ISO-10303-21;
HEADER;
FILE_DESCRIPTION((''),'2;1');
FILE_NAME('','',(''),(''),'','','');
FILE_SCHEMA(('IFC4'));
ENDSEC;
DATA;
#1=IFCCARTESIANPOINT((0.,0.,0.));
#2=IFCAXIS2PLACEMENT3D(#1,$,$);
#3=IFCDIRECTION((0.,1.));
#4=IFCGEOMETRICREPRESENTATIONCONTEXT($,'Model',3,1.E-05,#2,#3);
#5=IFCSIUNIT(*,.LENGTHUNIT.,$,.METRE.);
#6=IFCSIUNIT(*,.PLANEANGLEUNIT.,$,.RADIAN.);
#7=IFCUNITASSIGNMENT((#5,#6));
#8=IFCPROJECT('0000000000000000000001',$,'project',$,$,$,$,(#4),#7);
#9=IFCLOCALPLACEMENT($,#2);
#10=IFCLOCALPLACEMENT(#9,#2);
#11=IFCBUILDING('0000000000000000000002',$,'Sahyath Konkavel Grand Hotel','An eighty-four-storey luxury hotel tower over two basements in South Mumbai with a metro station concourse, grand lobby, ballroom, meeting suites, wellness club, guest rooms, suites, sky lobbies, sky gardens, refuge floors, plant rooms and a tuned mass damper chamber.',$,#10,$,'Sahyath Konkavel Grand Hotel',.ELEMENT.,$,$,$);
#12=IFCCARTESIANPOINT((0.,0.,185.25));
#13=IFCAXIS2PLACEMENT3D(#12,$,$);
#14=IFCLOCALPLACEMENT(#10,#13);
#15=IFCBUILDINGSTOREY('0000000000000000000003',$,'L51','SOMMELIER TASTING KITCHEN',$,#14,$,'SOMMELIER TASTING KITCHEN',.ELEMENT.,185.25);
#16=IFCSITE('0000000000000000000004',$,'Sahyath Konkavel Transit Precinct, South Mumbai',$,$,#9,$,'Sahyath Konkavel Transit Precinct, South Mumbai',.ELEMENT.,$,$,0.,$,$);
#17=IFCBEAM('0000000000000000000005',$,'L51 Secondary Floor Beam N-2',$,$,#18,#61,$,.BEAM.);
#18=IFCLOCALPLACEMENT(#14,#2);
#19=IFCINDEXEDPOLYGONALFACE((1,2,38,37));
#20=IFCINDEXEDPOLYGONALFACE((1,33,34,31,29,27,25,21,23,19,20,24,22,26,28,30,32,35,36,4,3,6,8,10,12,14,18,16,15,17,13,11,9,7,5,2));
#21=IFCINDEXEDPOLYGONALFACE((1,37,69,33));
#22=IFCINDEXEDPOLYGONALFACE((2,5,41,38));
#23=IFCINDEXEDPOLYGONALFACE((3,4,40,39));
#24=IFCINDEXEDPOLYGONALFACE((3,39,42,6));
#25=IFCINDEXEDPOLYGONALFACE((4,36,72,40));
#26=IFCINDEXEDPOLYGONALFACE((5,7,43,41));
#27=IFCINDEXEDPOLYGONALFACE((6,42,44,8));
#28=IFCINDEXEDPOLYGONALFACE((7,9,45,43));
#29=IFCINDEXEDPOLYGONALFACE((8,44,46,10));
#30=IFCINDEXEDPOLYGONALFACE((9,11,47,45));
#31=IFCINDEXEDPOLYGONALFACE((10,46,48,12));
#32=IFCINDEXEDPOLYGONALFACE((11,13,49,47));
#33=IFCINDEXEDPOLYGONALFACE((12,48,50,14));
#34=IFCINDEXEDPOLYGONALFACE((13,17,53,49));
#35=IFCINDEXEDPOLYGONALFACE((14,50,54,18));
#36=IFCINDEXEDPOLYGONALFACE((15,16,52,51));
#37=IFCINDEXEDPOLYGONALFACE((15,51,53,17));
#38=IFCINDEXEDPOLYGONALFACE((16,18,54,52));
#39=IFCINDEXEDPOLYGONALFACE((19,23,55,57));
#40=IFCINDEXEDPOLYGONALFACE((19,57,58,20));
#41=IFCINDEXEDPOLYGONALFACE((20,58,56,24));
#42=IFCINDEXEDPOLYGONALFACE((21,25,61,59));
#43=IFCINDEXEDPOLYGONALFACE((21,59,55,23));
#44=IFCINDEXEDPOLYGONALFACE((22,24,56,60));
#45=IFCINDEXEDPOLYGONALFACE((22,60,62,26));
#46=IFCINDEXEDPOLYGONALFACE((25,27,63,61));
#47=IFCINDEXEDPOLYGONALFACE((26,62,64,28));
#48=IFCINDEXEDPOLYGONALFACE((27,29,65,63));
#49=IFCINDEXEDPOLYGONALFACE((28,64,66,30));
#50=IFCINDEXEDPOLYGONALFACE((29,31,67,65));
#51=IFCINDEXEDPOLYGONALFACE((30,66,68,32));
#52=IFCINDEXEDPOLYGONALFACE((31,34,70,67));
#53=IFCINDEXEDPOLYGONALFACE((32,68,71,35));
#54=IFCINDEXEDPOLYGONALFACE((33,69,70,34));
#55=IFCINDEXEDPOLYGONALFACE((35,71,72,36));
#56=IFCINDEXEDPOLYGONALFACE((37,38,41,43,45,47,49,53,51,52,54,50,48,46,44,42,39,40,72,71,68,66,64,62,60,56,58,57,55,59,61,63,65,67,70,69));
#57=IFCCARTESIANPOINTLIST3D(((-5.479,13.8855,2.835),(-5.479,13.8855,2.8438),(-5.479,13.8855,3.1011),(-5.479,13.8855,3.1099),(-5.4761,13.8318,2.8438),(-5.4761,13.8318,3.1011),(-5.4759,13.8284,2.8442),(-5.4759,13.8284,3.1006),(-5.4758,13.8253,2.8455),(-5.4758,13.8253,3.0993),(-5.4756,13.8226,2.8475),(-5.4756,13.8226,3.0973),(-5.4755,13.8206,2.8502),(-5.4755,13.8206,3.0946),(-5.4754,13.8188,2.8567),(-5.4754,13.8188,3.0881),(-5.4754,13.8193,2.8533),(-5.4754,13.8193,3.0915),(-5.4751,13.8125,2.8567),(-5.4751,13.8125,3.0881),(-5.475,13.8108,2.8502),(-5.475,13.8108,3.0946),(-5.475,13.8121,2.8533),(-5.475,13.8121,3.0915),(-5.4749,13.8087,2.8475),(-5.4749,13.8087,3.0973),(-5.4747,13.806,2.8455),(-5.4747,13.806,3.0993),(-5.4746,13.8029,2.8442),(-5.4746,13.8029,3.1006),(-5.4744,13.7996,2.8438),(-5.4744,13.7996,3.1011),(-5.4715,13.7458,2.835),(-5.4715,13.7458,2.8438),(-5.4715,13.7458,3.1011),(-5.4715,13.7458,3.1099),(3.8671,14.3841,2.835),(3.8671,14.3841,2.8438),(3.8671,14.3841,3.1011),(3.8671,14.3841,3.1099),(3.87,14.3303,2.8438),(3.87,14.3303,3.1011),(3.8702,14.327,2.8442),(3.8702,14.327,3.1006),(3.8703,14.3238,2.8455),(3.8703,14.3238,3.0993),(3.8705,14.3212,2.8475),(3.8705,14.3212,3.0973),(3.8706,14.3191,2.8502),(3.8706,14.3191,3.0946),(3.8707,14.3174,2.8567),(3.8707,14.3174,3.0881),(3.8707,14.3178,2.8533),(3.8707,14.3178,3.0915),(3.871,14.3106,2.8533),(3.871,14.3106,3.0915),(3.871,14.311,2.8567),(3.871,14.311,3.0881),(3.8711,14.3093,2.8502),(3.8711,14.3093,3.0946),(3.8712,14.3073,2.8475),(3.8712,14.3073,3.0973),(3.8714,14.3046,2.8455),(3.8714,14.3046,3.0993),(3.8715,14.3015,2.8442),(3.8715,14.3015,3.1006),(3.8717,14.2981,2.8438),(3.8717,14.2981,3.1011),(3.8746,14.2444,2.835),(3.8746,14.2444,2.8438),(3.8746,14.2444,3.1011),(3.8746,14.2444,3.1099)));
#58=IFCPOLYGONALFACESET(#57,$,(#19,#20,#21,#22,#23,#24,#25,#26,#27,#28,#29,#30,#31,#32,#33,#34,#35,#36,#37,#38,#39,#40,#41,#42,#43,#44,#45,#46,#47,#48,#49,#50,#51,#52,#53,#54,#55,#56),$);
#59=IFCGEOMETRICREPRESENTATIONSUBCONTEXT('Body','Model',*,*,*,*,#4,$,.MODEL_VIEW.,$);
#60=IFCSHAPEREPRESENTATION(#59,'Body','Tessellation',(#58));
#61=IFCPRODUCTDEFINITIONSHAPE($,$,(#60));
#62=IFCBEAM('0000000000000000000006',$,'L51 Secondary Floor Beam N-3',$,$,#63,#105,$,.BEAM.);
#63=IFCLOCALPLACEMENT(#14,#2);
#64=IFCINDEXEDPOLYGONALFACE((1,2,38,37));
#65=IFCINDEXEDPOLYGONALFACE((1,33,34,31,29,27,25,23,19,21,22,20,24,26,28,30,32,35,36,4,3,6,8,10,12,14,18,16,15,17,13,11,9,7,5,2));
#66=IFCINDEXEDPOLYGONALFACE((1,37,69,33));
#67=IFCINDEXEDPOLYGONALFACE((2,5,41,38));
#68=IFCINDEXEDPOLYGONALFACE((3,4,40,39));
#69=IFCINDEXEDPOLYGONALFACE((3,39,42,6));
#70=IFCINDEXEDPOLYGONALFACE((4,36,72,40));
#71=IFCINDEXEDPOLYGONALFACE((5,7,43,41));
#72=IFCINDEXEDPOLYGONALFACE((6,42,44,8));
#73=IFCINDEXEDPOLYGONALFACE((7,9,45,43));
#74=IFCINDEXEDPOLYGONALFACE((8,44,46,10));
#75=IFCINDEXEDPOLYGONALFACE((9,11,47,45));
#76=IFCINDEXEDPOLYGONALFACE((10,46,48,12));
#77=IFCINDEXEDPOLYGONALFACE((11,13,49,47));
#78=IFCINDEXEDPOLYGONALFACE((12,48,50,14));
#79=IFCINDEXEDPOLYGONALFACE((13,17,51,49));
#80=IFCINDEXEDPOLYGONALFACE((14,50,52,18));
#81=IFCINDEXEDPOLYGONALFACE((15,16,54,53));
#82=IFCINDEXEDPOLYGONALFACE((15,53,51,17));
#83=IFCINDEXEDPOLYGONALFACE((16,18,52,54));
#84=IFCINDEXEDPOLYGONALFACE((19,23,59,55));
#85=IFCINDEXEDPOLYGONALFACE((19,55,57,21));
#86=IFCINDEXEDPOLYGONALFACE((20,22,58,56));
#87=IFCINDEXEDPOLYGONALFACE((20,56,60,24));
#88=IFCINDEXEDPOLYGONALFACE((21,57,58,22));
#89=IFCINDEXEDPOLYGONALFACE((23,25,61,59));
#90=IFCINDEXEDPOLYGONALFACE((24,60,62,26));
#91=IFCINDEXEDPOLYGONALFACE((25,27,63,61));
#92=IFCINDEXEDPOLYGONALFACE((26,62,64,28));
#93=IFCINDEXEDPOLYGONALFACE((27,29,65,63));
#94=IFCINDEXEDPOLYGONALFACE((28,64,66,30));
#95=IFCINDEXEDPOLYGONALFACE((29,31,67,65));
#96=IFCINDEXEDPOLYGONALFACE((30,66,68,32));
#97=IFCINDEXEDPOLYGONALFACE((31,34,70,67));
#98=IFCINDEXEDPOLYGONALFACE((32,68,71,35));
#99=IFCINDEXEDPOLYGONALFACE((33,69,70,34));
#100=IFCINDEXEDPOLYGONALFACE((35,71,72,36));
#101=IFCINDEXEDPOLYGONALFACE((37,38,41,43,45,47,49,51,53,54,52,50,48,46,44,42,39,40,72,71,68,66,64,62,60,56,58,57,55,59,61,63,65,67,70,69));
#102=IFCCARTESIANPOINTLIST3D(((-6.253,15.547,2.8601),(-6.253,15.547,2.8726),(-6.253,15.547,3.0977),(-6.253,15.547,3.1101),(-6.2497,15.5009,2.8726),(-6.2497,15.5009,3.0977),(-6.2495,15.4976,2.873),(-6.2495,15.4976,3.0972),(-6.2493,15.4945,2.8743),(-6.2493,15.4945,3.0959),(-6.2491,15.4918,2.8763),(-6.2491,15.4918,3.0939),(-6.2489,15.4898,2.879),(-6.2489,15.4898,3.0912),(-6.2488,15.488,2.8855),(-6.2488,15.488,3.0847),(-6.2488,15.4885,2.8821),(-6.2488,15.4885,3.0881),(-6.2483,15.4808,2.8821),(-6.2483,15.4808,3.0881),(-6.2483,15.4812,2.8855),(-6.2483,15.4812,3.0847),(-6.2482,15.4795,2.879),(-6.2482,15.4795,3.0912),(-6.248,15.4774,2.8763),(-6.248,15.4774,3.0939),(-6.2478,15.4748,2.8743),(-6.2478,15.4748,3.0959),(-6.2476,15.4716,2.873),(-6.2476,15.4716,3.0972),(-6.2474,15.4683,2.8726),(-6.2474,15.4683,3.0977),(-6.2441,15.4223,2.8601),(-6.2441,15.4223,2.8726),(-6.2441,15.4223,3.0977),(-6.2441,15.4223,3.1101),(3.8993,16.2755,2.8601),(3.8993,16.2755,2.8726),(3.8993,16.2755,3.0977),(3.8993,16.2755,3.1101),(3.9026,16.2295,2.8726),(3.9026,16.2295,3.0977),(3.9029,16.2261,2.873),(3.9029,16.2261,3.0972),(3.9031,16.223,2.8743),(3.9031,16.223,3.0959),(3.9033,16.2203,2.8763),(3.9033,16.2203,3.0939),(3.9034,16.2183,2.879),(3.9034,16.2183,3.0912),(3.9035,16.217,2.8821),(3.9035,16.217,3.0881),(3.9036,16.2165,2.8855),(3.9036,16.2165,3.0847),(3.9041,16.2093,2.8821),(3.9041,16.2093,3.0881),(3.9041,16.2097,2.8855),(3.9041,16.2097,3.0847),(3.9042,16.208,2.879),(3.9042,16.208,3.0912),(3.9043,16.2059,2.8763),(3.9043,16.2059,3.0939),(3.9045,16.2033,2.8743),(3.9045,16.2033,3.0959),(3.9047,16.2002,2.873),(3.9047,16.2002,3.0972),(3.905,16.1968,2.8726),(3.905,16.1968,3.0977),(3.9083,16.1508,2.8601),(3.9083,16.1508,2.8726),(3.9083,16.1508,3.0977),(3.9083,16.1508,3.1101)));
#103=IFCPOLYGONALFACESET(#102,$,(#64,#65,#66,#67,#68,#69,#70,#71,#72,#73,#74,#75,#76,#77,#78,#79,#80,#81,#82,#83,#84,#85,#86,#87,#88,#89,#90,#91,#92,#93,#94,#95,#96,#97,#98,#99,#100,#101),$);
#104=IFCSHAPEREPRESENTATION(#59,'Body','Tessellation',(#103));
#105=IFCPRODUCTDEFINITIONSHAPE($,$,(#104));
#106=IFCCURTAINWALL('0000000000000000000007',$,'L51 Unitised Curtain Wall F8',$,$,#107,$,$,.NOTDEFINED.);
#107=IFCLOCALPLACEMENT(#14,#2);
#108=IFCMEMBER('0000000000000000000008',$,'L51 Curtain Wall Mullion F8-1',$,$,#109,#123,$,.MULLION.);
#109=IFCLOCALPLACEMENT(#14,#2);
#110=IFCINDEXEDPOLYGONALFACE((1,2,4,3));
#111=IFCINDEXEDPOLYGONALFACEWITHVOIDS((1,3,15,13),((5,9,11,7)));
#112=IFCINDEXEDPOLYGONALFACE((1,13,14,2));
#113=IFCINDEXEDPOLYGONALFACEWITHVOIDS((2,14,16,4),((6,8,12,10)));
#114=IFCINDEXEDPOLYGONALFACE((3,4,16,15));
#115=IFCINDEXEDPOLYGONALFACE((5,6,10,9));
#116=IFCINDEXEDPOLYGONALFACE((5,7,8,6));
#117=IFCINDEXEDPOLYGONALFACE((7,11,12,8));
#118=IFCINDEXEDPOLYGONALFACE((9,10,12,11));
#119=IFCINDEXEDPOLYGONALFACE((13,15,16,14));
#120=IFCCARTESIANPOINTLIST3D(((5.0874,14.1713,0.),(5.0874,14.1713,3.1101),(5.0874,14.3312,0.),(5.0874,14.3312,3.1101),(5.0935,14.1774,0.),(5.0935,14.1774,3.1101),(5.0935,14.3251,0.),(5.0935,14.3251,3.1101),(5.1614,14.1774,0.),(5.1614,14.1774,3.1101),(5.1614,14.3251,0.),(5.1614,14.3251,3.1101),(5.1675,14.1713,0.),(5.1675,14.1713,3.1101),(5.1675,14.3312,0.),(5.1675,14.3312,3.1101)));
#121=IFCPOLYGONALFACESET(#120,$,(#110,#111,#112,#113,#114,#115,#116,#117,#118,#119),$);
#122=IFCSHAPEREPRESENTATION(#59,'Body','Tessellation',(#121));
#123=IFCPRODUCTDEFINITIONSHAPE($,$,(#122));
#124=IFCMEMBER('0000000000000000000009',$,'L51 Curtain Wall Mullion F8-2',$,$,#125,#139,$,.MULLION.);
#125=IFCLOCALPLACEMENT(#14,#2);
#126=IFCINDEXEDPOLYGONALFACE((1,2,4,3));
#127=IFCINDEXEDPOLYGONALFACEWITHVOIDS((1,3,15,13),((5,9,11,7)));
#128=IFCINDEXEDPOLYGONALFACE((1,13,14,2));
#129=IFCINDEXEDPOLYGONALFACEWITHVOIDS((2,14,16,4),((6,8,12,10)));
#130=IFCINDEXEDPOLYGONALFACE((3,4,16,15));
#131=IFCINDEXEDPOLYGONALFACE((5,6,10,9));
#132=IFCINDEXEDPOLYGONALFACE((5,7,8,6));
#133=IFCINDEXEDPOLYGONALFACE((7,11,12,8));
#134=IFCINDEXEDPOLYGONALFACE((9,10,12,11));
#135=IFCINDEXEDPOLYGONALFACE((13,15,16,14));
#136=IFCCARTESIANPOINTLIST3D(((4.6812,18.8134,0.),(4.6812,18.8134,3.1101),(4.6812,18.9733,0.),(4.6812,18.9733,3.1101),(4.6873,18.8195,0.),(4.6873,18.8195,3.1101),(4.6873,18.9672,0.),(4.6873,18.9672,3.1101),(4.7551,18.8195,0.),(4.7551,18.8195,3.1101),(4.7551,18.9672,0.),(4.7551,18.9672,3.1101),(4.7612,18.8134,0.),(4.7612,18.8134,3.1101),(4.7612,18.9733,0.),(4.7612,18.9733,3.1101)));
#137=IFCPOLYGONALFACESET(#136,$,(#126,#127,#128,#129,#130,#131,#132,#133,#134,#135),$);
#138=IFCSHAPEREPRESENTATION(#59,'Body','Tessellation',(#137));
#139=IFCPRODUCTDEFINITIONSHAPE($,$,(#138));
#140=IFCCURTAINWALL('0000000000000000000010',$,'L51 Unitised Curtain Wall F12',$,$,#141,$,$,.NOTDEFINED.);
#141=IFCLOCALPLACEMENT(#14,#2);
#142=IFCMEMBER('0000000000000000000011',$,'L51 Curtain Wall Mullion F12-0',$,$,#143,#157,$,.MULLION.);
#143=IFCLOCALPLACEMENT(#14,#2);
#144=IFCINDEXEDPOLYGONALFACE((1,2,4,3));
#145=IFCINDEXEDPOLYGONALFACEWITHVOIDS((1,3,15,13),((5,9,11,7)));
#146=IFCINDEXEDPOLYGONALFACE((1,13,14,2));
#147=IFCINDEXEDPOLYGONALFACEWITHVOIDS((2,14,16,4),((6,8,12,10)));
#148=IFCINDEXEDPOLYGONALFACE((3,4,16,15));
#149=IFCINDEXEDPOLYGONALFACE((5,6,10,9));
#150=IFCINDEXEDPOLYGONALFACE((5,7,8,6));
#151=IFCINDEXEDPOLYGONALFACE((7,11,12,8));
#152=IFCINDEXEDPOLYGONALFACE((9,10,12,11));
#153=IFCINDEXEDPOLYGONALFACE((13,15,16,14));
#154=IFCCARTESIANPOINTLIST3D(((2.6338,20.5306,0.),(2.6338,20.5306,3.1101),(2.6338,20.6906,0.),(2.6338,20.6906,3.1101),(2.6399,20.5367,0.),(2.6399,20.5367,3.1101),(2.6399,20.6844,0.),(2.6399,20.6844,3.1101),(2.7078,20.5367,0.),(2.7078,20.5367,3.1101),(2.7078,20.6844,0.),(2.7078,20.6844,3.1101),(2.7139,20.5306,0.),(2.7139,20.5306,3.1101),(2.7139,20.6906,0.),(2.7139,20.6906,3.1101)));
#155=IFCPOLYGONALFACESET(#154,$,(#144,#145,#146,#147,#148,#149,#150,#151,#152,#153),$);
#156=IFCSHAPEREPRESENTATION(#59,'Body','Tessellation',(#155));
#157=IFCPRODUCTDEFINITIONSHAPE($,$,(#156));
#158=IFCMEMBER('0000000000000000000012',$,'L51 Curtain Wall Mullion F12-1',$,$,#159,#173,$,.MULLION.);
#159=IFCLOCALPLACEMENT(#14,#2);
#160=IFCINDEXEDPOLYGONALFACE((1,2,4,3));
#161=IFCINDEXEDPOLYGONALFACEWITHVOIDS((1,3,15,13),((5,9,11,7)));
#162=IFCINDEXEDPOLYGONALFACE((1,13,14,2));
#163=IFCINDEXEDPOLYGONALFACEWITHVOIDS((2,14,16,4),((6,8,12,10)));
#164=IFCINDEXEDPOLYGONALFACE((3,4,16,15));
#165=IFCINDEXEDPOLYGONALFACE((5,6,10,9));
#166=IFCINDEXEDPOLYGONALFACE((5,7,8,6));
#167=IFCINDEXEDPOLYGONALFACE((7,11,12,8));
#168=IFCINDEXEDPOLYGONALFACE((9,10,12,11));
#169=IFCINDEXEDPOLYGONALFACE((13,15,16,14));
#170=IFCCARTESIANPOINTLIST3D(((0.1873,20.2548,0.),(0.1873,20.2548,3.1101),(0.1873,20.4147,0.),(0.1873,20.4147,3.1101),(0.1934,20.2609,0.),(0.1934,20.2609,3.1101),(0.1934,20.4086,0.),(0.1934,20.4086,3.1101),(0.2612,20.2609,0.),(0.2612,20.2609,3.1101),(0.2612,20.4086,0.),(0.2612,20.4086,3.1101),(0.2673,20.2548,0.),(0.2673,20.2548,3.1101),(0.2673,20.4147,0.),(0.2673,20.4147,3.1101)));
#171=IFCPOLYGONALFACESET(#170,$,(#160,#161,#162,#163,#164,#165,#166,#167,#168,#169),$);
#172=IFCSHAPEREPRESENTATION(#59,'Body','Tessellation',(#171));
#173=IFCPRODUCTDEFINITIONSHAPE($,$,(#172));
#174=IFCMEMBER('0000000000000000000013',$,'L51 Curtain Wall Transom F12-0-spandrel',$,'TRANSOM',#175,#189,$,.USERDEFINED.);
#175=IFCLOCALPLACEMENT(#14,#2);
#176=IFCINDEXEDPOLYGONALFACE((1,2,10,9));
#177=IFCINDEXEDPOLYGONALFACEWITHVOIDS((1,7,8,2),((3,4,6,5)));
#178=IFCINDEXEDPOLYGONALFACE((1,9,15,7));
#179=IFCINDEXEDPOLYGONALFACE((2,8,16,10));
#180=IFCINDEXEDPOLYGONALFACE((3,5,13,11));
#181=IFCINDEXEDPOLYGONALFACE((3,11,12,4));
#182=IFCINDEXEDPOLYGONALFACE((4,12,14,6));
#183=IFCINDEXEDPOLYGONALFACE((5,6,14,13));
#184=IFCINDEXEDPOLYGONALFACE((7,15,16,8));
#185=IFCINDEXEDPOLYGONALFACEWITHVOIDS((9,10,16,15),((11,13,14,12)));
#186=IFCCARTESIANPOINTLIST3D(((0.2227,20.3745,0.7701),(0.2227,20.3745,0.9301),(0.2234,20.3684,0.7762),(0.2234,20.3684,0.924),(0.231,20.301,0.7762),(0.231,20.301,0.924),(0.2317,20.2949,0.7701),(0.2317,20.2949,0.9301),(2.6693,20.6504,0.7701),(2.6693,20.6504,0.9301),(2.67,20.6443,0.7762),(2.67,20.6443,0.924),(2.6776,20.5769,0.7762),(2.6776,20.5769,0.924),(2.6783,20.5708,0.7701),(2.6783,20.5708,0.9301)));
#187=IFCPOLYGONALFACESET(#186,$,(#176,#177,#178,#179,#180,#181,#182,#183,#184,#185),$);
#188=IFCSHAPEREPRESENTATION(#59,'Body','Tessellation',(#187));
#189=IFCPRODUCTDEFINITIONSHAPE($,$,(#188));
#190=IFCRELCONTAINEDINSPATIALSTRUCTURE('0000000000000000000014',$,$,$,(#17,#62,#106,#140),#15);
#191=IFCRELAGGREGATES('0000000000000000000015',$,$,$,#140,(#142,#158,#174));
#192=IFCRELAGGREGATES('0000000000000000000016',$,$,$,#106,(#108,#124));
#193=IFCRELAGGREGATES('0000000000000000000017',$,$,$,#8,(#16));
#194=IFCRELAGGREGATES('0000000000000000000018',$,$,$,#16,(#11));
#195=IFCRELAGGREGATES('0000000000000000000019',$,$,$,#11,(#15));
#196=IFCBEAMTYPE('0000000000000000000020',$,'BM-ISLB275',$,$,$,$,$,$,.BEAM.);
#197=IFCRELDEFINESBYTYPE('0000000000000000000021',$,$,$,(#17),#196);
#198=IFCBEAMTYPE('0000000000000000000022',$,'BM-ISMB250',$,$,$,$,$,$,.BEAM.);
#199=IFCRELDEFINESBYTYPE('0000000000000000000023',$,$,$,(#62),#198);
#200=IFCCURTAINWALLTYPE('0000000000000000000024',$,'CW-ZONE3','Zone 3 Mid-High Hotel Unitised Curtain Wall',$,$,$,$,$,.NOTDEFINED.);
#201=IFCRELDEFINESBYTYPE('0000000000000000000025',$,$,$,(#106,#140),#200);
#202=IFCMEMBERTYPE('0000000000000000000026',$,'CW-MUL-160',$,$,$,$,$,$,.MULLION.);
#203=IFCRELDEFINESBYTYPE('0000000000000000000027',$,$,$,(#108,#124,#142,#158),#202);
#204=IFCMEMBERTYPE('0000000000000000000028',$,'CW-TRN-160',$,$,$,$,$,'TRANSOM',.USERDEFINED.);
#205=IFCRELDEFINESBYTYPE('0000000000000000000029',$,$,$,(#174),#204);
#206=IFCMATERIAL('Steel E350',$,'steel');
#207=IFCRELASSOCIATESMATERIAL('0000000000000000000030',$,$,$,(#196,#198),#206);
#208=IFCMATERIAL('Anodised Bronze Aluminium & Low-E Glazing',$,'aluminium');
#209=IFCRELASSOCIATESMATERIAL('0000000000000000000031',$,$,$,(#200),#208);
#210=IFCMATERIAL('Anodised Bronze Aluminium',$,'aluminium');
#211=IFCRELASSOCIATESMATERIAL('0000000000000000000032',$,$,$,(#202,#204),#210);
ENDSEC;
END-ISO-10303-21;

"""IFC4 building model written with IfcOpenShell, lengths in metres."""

from ifc_helpers import new_model, si_unit, direction, frame, origin, origin_2d, place, context, subcontext, project, spatial, hollow_rectangle, i_section, extrude, source, transform, mapped, material, material_profile, profile_set, type_object, element, aggregate, save


model = new_model("IFC4")

# Units and contexts
model_context = context("Model", 3, precision=1e-05, world=origin(), true_north=direction((0.0, 1.0)))
body_context = subcontext(model_context, "Body", "Model", "MODEL_VIEW")
ifc_project = project(units=[si_unit("LENGTHUNIT", "METRE"), si_unit("PLANEANGLEUNIT", "RADIAN")], contexts=[model_context])

# Site, building, storey
site_placement = place(None, origin())
site = spatial("IfcSite", under=ifc_project, at=site_placement, Name="Sahyath Konkavel Transit Precinct, South Mumbai", LongName="Sahyath Konkavel Transit Precinct, South Mumbai", CompositionType="ELEMENT", RefElevation=0.0)
building_placement = place(site_placement, origin())
building = spatial("IfcBuilding", under=site, at=building_placement, Name="Sahyath Konkavel Grand Hotel", Description="An eighty-four-storey luxury hotel tower over two basements in South Mumbai with a metro station concourse, grand lobby, ballroom, meeting suites, wellness club, guest rooms, suites, sky lobbies, sky gardens, refuge floors, plant rooms and a tuned mass damper chamber.", LongName="Sahyath Konkavel Grand Hotel", CompositionType="ELEMENT")
storey_placement = place(building_placement, frame((0.0, 0.0, 185.25)))
storey = spatial("IfcBuildingStorey", under=building, at=storey_placement, Name="L51", Description="SOMMELIER TASTING KITCHEN", LongName="SOMMELIER TASTING KITCHEN", CompositionType="ELEMENT", Elevation=185.25)

# Beams
ifc_material_1 = material(Name="Steel E350", Category="steel")
ifc_material_profile_1 = material_profile(ifc_material_1, i_section(OverallWidth=0.1399, OverallDepth=0.2749, WebThickness=0.0063, FlangeThickness=0.0088, FilletRadius=0.0129, at=origin_2d()), Name="ISLB 275")
ifc_profile_set_1 = profile_set([ifc_material_profile_1], Name="Steel E350")
beam_type_1 = type_object("IfcBeamType", Name="BM-ISLB275", PredefinedType="BEAM", material=ifc_profile_set_1)
shared_shape_1 = source(origin(), body_context, "Body", "SweptSolid", [
    extrude(i_section(OverallWidth=0.1399, OverallDepth=0.2749, WebThickness=0.0063, FlangeThickness=0.0088, FilletRadius=0.0129, at=origin_2d()), origin(), (0.0, 0.0, 1.0), 9.3594),
])
beam_1_placement = place(storey_placement, frame((3.8708, 14.3142, 2.9724), z_axis=(-0.99858, -0.053265, 0.0), x_axis=(0.053265, -0.99858, 0.0)))
element("IfcBeam", 1, at=beam_1_placement, inside=storey, type_object=beam_type_1, Name="L51 Secondary Floor Beam N-2", PredefinedType="BEAM", context=body_context, shape_type="MappedRepresentation", body=[
    mapped(shared_shape_1, transform((0.0, 0.0, 0.0), scale=1.0)),
])
ifc_material_profile_2 = material_profile(ifc_material_1, i_section(OverallWidth=0.125, OverallDepth=0.25, WebThickness=0.0068, FlangeThickness=0.0125, FilletRadius=0.0129, at=origin_2d()), Name="ISMB 250")
ifc_profile_set_2 = profile_set([ifc_material_profile_2], Name="Steel E350")
beam_type_2 = type_object("IfcBeamType", Name="BM-ISMB250", PredefinedType="BEAM", material=ifc_profile_set_2)
shared_shape_2 = source(origin(), body_context, "Body", "SweptSolid", [
    extrude(i_section(OverallWidth=0.125, OverallDepth=0.25, WebThickness=0.0068, FlangeThickness=0.0125, FilletRadius=0.0129, at=origin_2d()), origin(), (0.0, 0.0, 1.0), 10.1785),
])
beam_2_placement = place(storey_placement, frame((3.9038, 16.2131, 2.9851), z_axis=(-0.997435, -0.071574, 0.0), x_axis=(0.071574, -0.997435, 0.0)))
element("IfcBeam", 2, at=beam_2_placement, inside=storey, type_object=beam_type_2, Name="L51 Secondary Floor Beam N-3", PredefinedType="BEAM", context=body_context, shape_type="MappedRepresentation", body=[
    mapped(shared_shape_2, transform((0.0, 0.0, 0.0), scale=1.0)),
])

# Curtain wall, members
ifc_material_2 = material(Name="Anodised Bronze Aluminium & Low-E Glazing", Category="aluminium")
curtain_wall_type = type_object("IfcCurtainWallType", Name="CW-ZONE3", Description="Zone 3 Mid-High Hotel Unitised Curtain Wall", PredefinedType="NOTDEFINED", material=ifc_material_2)
curtain_wall_1_placement = place(storey_placement, origin())
curtain_wall_1 = element("IfcCurtainWall", 3, at=curtain_wall_1_placement, inside=storey, type_object=curtain_wall_type, Name="L51 Unitised Curtain Wall F8", PredefinedType="NOTDEFINED")
ifc_material_3 = material(Name="Anodised Bronze Aluminium", Category="aluminium")
ifc_material_profile_3 = material_profile(ifc_material_3, hollow_rectangle(XDim=0.0801, YDim=0.1599, WallThickness=0.0061, at=origin_2d()), Name="RHS 160x80x6")
ifc_profile_set_3 = profile_set([ifc_material_profile_3], Name="Anodised Bronze Aluminium")
member_type_1 = type_object("IfcMemberType", Name="CW-MUL-160", PredefinedType="MULLION", material=ifc_profile_set_3)
shared_shape_3 = source(origin(), body_context, "Body", "SweptSolid", [
    extrude(hollow_rectangle(XDim=0.0801, YDim=0.1599, WallThickness=0.0061, at=origin_2d()), origin(), (0.0, 0.0, 1.0), 3.1101),
])
member_1_placement = place(storey_placement, frame((5.1274, 14.2512, 0.0), z_axis=(0.0, 0.0, 1.0), x_axis=(1.0, 0.0, 0.0)))
member_1 = element("IfcMember", 4, at=member_1_placement, type_object=member_type_1, Name="L51 Curtain Wall Mullion F8-1", PredefinedType="MULLION", context=body_context, shape_type="MappedRepresentation", body=[
    mapped(shared_shape_3, transform((0.0, 0.0, 0.0), scale=1.0)),
])
member_2_placement = place(storey_placement, frame((4.7212, 18.8933, 0.0), z_axis=(0.0, 0.0, 1.0), x_axis=(1.0, 0.0, 0.0)))
member_2 = element("IfcMember", 5, at=member_2_placement, type_object=member_type_1, Name="L51 Curtain Wall Mullion F8-2", PredefinedType="MULLION", context=body_context, shape_type="MappedRepresentation", body=[
    mapped(shared_shape_3, transform((0.0, 0.0, 0.0), scale=1.0)),
])

# Curtain wall, members
curtain_wall_2_placement = place(storey_placement, origin())
curtain_wall_2 = element("IfcCurtainWall", 6, at=curtain_wall_2_placement, inside=storey, type_object=curtain_wall_type, Name="L51 Unitised Curtain Wall F12", PredefinedType="NOTDEFINED")
member_3_placement = place(storey_placement, frame((2.6738, 20.6106, 0.0), z_axis=(0.0, 0.0, 1.0), x_axis=(1.0, 0.0, 0.0)))
member_3 = element("IfcMember", 7, at=member_3_placement, type_object=member_type_1, Name="L51 Curtain Wall Mullion F12-0", PredefinedType="MULLION", context=body_context, shape_type="MappedRepresentation", body=[
    mapped(shared_shape_3, transform((0.0, 0.0, 0.0), scale=1.0)),
])
member_4_placement = place(storey_placement, frame((0.2273, 20.3347, 0.0), z_axis=(0.0, 0.0, 1.0), x_axis=(1.0, 0.0, 0.0)))
member_4 = element("IfcMember", 8, at=member_4_placement, type_object=member_type_1, Name="L51 Curtain Wall Mullion F12-1", PredefinedType="MULLION", context=body_context, shape_type="MappedRepresentation", body=[
    mapped(shared_shape_3, transform((0.0, 0.0, 0.0), scale=1.0)),
])
ifc_material_profile_4 = material_profile(ifc_material_3, hollow_rectangle(XDim=0.0801, YDim=0.1599, WallThickness=0.0061, at=origin_2d()), Name="RHS 160x80x6")
ifc_profile_set_4 = profile_set([ifc_material_profile_4], Name="Anodised Bronze Aluminium")
member_type_2 = type_object("IfcMemberType", Name="CW-TRN-160", ElementType="TRANSOM", PredefinedType="USERDEFINED", material=ifc_profile_set_4)
shared_shape_4 = source(origin(), body_context, "Body", "SweptSolid", [
    extrude(hollow_rectangle(XDim=0.0801, YDim=0.1599, WallThickness=0.0061, at=origin_2d()), origin(), (0.0, 0.0, 1.0), 2.4622),
])
member_5_placement = place(storey_placement, frame((2.6738, 20.6106, 0.8501), z_axis=(-0.993702, -0.112053, 0.0), x_axis=(0.112053, -0.993702, 0.0)))
member_5 = element("IfcMember", 9, at=member_5_placement, type_object=member_type_2, Name="L51 Curtain Wall Transom F12-0-spandrel", ObjectType="TRANSOM", PredefinedType="USERDEFINED", context=body_context, shape_type="MappedRepresentation", body=[
    mapped(shared_shape_4, transform((0.0, 0.0, 0.0), scale=1.0)),
])

aggregate(curtain_wall_2, [member_3, member_4, member_5])
aggregate(curtain_wall_1, [member_1, member_2])

save(model, "model.ifc")
